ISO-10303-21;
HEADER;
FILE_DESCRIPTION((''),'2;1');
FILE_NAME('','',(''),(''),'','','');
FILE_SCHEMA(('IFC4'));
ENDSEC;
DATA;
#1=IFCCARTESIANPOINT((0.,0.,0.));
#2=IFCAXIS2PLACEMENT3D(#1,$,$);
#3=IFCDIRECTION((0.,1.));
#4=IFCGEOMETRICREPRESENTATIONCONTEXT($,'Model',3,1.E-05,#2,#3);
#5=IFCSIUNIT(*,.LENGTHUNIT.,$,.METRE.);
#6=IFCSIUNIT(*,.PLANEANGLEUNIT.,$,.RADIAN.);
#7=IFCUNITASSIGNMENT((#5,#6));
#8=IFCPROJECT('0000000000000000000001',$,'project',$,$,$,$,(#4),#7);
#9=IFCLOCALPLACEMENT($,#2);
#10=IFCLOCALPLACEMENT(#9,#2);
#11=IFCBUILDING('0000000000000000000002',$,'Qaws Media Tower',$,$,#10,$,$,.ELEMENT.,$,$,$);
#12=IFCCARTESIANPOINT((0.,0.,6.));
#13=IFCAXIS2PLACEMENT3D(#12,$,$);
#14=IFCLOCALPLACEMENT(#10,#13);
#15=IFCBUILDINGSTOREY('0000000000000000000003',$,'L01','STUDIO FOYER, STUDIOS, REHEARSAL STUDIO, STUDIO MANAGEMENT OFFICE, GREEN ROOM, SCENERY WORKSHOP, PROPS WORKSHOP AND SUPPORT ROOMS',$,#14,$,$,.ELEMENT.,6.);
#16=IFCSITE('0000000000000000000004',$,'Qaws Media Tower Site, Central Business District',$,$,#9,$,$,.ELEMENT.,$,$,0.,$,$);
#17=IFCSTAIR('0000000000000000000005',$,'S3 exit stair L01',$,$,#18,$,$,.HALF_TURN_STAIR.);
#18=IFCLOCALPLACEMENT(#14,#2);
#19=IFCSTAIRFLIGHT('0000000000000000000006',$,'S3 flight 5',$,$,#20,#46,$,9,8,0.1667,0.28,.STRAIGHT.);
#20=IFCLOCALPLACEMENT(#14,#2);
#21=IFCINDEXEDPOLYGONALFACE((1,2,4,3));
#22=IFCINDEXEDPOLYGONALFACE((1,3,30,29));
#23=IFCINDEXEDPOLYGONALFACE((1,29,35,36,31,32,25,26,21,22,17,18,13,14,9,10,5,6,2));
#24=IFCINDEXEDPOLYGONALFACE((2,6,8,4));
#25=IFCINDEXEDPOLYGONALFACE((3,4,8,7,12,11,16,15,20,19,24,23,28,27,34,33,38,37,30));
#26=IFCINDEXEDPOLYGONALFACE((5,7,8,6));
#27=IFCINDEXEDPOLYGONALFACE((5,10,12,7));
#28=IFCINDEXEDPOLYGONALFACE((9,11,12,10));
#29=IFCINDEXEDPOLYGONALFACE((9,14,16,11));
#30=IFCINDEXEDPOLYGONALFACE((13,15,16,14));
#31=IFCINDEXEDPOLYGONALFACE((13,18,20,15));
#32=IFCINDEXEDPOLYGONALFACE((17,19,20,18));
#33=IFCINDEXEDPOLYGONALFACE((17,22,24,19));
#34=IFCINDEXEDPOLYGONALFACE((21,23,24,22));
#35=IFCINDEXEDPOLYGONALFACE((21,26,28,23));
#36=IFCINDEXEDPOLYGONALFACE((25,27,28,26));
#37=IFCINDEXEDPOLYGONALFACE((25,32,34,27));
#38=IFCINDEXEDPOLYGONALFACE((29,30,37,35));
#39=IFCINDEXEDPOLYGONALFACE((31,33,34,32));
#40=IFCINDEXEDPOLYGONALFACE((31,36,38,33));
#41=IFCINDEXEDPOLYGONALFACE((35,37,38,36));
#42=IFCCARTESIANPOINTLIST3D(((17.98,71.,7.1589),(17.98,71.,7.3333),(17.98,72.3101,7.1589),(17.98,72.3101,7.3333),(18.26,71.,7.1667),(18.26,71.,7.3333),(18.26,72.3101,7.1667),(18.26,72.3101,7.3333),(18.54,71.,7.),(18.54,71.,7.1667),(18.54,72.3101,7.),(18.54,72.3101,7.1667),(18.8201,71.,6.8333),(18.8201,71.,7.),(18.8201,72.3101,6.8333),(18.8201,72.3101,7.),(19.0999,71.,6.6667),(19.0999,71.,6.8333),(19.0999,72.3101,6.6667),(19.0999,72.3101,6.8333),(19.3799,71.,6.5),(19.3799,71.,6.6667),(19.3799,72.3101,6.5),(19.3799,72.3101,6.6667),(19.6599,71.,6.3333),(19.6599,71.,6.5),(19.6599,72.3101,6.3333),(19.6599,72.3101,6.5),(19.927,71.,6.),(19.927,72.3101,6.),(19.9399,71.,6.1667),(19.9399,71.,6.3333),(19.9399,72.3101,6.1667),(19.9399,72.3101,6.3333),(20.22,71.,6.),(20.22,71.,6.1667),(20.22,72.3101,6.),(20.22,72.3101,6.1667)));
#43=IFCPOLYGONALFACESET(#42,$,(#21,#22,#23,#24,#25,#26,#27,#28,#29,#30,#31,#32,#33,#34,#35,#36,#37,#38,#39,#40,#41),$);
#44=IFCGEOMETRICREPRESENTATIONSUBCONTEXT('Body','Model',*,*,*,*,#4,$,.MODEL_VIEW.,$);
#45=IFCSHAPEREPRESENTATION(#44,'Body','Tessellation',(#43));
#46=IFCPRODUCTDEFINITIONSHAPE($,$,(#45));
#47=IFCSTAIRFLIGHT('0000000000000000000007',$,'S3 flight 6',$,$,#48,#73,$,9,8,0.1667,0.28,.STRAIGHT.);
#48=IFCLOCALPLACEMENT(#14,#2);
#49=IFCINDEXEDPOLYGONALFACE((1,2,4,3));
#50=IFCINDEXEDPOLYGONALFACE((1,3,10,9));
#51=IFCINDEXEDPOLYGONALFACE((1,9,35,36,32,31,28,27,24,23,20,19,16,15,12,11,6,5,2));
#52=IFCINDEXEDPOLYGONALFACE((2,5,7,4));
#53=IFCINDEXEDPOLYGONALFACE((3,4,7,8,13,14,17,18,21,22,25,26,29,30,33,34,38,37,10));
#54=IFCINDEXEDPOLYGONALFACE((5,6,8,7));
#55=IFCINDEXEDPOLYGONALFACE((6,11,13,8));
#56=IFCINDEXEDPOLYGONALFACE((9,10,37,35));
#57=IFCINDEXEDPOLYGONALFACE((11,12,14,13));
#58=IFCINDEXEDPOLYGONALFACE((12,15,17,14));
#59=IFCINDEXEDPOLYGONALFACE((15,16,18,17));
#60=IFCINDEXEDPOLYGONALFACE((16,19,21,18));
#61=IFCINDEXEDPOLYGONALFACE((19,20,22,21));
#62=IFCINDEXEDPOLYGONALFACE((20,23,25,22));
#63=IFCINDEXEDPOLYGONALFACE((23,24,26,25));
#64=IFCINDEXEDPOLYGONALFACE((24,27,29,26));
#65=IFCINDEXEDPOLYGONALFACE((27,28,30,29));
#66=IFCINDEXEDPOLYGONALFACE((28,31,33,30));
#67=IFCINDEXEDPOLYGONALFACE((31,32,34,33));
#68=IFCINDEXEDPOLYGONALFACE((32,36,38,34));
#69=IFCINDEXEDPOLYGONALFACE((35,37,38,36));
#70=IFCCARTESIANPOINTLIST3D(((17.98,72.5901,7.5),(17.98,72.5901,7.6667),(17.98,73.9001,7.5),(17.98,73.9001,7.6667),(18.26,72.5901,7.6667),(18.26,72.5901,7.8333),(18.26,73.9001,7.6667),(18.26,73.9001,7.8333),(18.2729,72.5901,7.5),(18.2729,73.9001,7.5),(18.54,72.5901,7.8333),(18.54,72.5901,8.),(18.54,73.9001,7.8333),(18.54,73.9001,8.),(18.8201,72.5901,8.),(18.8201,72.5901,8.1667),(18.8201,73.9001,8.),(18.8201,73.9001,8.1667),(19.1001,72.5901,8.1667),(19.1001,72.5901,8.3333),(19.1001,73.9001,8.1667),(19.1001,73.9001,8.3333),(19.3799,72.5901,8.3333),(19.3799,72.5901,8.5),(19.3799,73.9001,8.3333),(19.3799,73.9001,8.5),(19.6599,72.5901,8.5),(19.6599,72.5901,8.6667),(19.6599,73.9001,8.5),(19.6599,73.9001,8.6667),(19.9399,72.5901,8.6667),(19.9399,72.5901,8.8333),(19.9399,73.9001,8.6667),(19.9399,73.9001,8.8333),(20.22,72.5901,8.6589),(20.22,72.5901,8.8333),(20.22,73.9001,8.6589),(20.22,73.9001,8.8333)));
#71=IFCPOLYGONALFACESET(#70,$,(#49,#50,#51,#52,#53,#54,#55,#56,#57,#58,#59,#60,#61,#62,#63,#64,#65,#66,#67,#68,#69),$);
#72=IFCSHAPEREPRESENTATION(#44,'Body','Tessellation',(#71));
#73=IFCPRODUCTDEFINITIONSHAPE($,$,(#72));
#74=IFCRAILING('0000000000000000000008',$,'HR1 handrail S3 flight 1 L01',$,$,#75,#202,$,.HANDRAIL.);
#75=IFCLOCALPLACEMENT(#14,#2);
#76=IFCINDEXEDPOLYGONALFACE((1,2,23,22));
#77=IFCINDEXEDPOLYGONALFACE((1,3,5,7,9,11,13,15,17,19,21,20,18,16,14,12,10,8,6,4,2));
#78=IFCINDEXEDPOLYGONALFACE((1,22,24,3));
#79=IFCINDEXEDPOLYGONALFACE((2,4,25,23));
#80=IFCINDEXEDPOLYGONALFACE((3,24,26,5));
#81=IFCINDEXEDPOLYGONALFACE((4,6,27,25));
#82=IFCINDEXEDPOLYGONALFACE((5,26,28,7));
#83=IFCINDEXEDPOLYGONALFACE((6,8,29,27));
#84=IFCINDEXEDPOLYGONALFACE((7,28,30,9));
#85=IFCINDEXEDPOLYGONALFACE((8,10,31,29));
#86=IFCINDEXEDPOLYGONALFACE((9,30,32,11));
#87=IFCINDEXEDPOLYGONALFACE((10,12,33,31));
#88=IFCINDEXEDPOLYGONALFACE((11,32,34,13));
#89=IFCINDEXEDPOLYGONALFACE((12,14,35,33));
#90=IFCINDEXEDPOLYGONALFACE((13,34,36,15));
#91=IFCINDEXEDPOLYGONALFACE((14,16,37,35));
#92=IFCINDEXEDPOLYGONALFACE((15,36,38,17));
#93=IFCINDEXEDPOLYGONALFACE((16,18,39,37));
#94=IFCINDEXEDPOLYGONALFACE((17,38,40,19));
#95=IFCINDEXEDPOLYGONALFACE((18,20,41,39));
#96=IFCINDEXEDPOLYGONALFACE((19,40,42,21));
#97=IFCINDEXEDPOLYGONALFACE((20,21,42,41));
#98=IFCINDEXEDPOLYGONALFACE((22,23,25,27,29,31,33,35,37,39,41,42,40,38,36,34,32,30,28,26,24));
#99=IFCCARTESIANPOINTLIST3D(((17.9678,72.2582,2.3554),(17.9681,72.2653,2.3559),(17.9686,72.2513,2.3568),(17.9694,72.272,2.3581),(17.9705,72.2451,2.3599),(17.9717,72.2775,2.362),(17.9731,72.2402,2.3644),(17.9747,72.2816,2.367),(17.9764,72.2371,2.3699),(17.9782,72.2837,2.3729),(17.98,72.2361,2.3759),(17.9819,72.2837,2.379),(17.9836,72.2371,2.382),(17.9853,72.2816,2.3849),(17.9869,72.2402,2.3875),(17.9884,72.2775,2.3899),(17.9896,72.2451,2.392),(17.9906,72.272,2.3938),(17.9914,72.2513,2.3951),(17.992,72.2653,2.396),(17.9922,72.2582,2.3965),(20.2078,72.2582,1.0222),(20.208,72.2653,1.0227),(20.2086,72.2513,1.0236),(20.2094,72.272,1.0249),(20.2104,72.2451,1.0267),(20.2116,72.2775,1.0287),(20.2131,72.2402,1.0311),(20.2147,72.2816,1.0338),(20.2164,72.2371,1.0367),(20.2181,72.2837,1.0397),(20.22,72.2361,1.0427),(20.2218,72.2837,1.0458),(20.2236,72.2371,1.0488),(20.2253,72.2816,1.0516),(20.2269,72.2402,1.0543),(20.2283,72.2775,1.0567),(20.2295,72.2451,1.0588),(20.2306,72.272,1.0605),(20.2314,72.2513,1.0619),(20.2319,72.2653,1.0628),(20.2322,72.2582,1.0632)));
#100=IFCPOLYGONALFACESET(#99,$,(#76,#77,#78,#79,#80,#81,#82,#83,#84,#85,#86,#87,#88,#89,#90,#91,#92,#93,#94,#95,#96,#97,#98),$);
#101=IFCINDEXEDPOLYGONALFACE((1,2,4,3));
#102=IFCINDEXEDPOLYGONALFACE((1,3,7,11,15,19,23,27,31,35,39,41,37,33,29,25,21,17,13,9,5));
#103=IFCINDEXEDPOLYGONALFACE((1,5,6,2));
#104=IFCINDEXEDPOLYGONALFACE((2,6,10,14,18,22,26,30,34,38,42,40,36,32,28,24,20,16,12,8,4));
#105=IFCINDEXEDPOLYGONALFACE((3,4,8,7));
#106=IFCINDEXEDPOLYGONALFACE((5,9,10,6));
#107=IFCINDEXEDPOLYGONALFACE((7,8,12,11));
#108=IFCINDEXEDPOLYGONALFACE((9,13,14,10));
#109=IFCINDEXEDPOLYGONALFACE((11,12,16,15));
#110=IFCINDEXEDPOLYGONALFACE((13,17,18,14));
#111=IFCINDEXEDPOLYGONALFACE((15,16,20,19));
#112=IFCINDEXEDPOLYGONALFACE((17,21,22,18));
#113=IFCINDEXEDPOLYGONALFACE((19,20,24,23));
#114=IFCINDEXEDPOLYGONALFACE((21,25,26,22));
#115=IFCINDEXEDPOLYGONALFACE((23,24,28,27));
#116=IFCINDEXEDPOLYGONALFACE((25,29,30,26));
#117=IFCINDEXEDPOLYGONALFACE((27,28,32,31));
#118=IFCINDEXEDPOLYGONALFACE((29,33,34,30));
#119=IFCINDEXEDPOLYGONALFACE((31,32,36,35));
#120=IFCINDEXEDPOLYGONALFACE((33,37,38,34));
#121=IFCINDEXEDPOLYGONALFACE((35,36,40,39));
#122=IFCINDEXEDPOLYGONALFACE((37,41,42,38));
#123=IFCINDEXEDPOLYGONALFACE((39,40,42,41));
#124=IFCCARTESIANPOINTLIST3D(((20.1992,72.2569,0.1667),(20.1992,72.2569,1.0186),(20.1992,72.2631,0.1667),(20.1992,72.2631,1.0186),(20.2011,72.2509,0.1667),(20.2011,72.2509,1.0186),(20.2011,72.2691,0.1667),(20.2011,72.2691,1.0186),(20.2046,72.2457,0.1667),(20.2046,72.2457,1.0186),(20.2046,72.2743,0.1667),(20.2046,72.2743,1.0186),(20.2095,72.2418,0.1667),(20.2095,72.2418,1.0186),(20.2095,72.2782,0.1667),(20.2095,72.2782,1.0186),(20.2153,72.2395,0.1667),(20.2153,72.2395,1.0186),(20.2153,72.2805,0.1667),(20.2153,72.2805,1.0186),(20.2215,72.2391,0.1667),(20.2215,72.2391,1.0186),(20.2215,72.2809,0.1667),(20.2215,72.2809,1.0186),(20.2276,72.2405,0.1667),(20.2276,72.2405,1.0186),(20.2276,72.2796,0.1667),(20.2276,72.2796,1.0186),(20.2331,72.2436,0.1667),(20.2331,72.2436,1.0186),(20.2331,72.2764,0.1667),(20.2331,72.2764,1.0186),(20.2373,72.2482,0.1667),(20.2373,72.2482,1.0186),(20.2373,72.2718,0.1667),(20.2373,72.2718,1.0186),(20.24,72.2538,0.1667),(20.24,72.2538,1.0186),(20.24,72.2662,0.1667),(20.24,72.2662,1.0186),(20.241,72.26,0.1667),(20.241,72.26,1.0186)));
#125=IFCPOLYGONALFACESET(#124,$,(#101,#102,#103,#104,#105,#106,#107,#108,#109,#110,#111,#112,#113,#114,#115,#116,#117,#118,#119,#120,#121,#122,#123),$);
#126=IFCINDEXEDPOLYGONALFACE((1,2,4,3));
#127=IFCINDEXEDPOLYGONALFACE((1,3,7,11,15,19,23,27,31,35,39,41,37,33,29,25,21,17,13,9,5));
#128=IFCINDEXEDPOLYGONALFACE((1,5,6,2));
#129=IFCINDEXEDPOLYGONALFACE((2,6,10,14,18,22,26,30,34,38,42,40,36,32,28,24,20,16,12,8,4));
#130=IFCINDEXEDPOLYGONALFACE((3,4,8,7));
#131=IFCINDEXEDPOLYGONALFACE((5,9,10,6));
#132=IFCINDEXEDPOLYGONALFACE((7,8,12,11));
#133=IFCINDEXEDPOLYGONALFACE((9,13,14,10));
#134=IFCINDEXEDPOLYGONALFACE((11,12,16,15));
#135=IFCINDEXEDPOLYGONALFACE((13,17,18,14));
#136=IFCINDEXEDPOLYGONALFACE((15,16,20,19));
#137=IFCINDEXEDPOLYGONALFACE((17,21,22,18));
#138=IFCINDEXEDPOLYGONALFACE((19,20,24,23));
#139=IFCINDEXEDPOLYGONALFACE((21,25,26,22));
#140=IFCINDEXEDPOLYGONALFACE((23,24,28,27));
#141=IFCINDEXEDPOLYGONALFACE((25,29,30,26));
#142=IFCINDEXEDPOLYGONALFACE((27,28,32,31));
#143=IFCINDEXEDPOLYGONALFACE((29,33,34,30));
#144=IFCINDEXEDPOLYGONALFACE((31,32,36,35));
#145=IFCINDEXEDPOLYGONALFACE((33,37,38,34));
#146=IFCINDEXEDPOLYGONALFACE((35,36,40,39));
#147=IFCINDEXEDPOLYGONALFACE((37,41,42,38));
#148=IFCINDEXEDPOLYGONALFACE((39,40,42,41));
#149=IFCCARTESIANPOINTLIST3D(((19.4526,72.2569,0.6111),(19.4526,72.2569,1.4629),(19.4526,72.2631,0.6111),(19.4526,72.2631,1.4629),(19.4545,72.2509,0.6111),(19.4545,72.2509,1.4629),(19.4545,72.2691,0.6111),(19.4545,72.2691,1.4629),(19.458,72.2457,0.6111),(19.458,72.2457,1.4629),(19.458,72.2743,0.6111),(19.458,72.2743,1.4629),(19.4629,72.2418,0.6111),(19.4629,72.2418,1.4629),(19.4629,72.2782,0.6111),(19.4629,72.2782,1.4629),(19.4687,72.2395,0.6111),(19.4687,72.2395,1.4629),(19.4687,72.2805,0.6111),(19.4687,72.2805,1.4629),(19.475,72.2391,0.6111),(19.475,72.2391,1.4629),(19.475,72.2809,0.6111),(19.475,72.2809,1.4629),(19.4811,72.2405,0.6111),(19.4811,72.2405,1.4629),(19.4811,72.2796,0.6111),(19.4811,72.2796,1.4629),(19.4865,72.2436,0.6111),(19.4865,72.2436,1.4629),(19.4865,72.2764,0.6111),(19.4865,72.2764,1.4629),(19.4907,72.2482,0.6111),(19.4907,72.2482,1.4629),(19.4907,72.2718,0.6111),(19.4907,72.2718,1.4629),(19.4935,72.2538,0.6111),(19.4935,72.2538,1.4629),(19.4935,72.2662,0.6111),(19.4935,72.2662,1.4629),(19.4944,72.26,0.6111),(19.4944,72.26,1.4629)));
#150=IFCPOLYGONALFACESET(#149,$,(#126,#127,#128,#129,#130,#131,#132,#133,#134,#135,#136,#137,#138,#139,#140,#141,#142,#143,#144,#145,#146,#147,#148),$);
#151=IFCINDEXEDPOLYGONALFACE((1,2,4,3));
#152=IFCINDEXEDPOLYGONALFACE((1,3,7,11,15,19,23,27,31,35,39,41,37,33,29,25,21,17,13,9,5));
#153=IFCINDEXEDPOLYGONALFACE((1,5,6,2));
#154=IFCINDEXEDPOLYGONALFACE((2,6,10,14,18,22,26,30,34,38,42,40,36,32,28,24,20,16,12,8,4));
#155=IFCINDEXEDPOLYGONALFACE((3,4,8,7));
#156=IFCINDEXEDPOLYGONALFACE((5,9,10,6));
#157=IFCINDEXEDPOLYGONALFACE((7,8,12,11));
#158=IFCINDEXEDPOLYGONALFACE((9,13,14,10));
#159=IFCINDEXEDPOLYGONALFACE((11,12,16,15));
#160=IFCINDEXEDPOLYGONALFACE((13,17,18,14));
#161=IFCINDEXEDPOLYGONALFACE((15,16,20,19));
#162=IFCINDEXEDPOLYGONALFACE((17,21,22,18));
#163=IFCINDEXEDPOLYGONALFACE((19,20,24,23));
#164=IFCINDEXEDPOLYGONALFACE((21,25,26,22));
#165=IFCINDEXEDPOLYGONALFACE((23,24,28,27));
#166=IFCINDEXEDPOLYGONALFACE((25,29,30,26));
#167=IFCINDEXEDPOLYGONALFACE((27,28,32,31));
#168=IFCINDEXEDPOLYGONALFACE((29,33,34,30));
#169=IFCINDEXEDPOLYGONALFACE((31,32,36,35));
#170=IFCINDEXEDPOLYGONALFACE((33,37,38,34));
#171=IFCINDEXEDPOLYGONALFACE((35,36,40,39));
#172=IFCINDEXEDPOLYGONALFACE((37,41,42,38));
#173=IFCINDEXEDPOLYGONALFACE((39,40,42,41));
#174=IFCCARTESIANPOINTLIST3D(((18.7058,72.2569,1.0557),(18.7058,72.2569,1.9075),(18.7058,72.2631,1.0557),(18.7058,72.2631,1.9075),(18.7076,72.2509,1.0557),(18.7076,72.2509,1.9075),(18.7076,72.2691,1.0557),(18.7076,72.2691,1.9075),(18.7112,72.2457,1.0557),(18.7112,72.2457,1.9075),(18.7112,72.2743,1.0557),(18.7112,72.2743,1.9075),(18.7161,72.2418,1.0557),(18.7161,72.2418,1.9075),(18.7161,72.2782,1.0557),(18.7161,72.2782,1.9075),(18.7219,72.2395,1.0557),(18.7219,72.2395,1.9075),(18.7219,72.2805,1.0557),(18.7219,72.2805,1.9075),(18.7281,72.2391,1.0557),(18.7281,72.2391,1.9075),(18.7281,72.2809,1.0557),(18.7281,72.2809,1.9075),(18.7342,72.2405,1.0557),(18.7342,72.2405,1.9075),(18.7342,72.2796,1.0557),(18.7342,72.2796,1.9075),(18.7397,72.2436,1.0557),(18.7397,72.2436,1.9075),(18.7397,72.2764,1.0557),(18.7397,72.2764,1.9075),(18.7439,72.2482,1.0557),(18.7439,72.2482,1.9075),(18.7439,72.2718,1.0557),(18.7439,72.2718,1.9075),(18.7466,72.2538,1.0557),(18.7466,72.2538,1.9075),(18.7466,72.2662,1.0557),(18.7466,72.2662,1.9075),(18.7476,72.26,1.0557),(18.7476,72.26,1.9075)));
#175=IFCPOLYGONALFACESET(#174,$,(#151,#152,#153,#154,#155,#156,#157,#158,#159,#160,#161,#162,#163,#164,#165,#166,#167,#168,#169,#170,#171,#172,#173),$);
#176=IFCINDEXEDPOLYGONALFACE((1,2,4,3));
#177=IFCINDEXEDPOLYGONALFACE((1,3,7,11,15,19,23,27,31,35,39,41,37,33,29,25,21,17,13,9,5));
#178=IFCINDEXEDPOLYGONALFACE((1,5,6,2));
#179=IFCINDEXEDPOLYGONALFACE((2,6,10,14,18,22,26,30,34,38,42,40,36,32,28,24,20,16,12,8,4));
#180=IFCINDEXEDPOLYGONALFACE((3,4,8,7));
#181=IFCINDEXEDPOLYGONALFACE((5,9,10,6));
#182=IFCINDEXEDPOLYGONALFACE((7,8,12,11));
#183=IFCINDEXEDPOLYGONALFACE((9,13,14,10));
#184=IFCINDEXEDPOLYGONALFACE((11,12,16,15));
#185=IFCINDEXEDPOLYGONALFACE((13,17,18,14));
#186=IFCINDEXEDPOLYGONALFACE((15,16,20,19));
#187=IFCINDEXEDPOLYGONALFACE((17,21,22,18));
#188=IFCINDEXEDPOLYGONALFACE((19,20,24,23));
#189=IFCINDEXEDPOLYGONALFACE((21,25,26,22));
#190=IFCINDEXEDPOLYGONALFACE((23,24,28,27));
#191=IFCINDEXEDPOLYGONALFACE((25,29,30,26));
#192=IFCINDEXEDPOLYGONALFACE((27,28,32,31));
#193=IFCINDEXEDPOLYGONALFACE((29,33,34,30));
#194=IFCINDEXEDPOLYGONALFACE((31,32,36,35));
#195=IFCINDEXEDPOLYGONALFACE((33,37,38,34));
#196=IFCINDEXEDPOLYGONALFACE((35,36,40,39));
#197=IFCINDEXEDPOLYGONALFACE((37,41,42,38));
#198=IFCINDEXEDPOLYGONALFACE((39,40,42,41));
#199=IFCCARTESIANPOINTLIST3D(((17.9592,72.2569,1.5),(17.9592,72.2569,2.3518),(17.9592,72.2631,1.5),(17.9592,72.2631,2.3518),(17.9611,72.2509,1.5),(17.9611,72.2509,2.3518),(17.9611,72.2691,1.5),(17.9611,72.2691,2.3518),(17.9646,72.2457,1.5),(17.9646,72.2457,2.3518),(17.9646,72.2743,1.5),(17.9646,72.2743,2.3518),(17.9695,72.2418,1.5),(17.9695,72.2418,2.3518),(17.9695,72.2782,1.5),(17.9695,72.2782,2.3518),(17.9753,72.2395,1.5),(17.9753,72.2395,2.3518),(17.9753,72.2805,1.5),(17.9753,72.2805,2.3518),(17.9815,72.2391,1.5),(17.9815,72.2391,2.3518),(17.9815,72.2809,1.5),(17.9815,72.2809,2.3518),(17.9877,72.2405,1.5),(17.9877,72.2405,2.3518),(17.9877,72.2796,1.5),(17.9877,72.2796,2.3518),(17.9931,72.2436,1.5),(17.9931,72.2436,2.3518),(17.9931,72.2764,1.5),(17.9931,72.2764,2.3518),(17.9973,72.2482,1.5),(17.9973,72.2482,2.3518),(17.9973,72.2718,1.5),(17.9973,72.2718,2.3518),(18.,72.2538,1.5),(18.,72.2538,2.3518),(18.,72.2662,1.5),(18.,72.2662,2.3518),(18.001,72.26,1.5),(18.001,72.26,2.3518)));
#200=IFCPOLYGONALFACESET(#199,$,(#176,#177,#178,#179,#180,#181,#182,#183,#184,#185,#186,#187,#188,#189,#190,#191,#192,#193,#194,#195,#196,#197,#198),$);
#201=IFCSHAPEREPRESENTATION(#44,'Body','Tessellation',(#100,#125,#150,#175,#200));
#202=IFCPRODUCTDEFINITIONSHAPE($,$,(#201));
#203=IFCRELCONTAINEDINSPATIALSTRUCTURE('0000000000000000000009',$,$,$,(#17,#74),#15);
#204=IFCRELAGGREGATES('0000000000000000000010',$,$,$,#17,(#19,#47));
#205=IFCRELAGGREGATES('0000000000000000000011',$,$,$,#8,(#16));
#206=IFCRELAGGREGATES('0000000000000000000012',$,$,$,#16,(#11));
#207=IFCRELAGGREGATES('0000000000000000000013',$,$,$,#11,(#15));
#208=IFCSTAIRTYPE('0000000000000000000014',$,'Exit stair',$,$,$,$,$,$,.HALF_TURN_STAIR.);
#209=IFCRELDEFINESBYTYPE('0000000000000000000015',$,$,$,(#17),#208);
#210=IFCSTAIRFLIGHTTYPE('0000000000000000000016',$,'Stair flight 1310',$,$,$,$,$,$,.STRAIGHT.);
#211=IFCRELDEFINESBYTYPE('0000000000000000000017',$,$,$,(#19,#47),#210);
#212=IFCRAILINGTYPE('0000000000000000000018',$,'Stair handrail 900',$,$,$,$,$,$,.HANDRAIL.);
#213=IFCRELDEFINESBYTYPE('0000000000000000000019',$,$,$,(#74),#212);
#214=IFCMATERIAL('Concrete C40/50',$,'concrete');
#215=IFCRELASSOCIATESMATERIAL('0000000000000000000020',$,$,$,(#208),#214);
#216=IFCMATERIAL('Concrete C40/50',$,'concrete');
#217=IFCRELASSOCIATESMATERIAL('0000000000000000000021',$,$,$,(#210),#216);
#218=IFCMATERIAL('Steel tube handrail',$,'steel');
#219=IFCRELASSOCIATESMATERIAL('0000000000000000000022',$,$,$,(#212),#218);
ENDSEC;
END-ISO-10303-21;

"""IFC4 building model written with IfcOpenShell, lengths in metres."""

from ifc_helpers import new_model, si_unit, direction, frame, origin, origin_2d, place, context, subcontext, project, spatial, polyline, circle, outline, extrude, material, type_object, element, aggregate, save


model = new_model("IFC4")

# Units and contexts
model_context = context("Model", 3, precision=1e-05, world=origin(), true_north=direction((0.0, 1.0)))
body_context = subcontext(model_context, "Body", "Model", "MODEL_VIEW")
ifc_project = project(units=[si_unit("LENGTHUNIT", "METRE"), si_unit("PLANEANGLEUNIT", "RADIAN")], contexts=[model_context])

# Site, building, storey
site_placement = place(None, origin())
site = spatial("IfcSite", under=ifc_project, at=site_placement, Name="Qaws Media Tower Site, Central Business District", CompositionType="ELEMENT", RefElevation=0.0)
building_placement = place(site_placement, origin())
building = spatial("IfcBuilding", under=site, at=building_placement, Name="Qaws Media Tower", CompositionType="ELEMENT")
storey_placement = place(building_placement, frame((0.0, 0.0, 6.0)))
storey = spatial("IfcBuildingStorey", under=building, at=storey_placement, Name="L01", Description="STUDIO FOYER, STUDIOS, REHEARSAL STUDIO, STUDIO MANAGEMENT OFFICE, GREEN ROOM, SCENERY WORKSHOP, PROPS WORKSHOP AND SUPPORT ROOMS", CompositionType="ELEMENT", Elevation=6.0)

# Stair, stair flights
ifc_material_1 = material(Name="Concrete C40/50", Category="concrete")
stair_type = type_object("IfcStairType", Name="Exit stair", PredefinedType="HALF_TURN_STAIR", material=ifc_material_1)
stair_placement = place(storey_placement, origin())
stair = element("IfcStair", 1, at=stair_placement, inside=storey, type_object=stair_type, Name="S3 exit stair L01", PredefinedType="HALF_TURN_STAIR")
ifc_material_2 = material(Name="Concrete C40/50", Category="concrete")
stair_flight_type = type_object("IfcStairFlightType", Name="Stair flight 1310", PredefinedType="STRAIGHT", material=ifc_material_2)
stair_flight_1_placement = place(storey_placement, frame((20.22, 71.655, 6.0), z_axis=(0.0, 0.0, 1.0), x_axis=(-1.0, 0.0, 0.0)))
stair_flight_1 = element("IfcStairFlight", 2, at=stair_flight_1_placement, type_object=stair_flight_type, Name="S3 flight 5", NumberOfRisers=9, NumberOfTreads=8, PredefinedType="STRAIGHT", RiserHeight=0.1667, TreadLength=0.28, context=body_context, shape_type="SweptSolid", body=[
    extrude(outline(polyline([(0.0, 0.0), (0.0, 0.1667), (0.28, 0.1667), (0.28, 0.3333), (0.5601, 0.3333), (0.5601, 0.5), (0.8401, 0.5), (0.8401, 0.6667), (1.1201, 0.6667), (1.1201, 0.8333), (1.3999, 0.8333), (1.3999, 1.0), (1.6799, 1.0), (1.6799, 1.1667), (1.96, 1.1667), (1.96, 1.3333), (2.24, 1.3333), (2.24, 1.5), (2.24, 1.1589), (0.293, 0.0), (0.0, 0.0)])), frame((0.0, 0.655, 0.0), z_axis=(0.0, -1.0, 0.0), x_axis=(1.0, 0.0, 0.0)), (0.0, 0.0, 1.0), 1.3101),
])
stair_flight_2_placement = place(storey_placement, frame((17.98, 73.2451, 7.5), z_axis=(0.0, 0.0, 1.0), x_axis=(1.0, 0.0, 0.0)))
stair_flight_2 = element("IfcStairFlight", 3, at=stair_flight_2_placement, type_object=stair_flight_type, Name="S3 flight 6", NumberOfRisers=9, NumberOfTreads=8, PredefinedType="STRAIGHT", RiserHeight=0.1667, TreadLength=0.28, context=body_context, shape_type="SweptSolid", body=[
    extrude(outline(polyline([(0.0, 0.0), (0.0, 0.1667), (0.28, 0.1667), (0.28, 0.3333), (0.5601, 0.3333), (0.5601, 0.5), (0.8401, 0.5), (0.8401, 0.6667), (1.1201, 0.6667), (1.1201, 0.8333), (1.3999, 0.8333), (1.3999, 1.0), (1.6799, 1.0), (1.6799, 1.1667), (1.96, 1.1667), (1.96, 1.3333), (2.24, 1.3333), (2.24, 1.5), (2.24, 1.1589), (0.293, 0.0), (0.0, 0.0)])), frame((0.0, 0.655, 0.0), z_axis=(0.0, -1.0, 0.0), x_axis=(1.0, 0.0, 0.0)), (0.0, 0.0, 1.0), 1.3101),
])
aggregate(stair, [stair_flight_1, stair_flight_2])

# Railing
ifc_material_3 = material(Name="Steel tube handrail", Category="steel")
railing_type = type_object("IfcRailingType", Name="Stair handrail 900", PredefinedType="HANDRAIL", material=ifc_material_3)
railing_1_placement = place(storey_placement, frame((20.22, 72.26, 0.1667)))
element("IfcRailing", 4, at=railing_1_placement, inside=storey, type_object=railing_type, Name="HR1 handrail S3 flight 1 L01", PredefinedType="HANDRAIL", context=body_context, shape_type="SweptSolid", body=[
    extrude(circle(Radius=0.0239, at=origin_2d()), frame((0.0, 0.0, 0.876), z_axis=(-0.859306, 0.0, 0.511462), x_axis=(0.0, -1.0, 0.0)), (0.0, 0.0, 1.0), 2.6067),
    extrude(circle(Radius=0.021, at=origin_2d()), origin(), (0.0, 0.0, 1.0), 0.8518),
    extrude(circle(Radius=0.021, at=origin_2d()), frame((-0.7466, 0.0, 0.4443)), (0.0, 0.0, 1.0), 0.8518),
    extrude(circle(Radius=0.021, at=origin_2d()), frame((-1.4934, 0.0, 0.8889)), (0.0, 0.0, 1.0), 0.8518),
    extrude(circle(Radius=0.021, at=origin_2d()), frame((-2.24, 0.0, 1.3333)), (0.0, 0.0, 1.0), 0.8518),
])

save(model, "model.ifc")
